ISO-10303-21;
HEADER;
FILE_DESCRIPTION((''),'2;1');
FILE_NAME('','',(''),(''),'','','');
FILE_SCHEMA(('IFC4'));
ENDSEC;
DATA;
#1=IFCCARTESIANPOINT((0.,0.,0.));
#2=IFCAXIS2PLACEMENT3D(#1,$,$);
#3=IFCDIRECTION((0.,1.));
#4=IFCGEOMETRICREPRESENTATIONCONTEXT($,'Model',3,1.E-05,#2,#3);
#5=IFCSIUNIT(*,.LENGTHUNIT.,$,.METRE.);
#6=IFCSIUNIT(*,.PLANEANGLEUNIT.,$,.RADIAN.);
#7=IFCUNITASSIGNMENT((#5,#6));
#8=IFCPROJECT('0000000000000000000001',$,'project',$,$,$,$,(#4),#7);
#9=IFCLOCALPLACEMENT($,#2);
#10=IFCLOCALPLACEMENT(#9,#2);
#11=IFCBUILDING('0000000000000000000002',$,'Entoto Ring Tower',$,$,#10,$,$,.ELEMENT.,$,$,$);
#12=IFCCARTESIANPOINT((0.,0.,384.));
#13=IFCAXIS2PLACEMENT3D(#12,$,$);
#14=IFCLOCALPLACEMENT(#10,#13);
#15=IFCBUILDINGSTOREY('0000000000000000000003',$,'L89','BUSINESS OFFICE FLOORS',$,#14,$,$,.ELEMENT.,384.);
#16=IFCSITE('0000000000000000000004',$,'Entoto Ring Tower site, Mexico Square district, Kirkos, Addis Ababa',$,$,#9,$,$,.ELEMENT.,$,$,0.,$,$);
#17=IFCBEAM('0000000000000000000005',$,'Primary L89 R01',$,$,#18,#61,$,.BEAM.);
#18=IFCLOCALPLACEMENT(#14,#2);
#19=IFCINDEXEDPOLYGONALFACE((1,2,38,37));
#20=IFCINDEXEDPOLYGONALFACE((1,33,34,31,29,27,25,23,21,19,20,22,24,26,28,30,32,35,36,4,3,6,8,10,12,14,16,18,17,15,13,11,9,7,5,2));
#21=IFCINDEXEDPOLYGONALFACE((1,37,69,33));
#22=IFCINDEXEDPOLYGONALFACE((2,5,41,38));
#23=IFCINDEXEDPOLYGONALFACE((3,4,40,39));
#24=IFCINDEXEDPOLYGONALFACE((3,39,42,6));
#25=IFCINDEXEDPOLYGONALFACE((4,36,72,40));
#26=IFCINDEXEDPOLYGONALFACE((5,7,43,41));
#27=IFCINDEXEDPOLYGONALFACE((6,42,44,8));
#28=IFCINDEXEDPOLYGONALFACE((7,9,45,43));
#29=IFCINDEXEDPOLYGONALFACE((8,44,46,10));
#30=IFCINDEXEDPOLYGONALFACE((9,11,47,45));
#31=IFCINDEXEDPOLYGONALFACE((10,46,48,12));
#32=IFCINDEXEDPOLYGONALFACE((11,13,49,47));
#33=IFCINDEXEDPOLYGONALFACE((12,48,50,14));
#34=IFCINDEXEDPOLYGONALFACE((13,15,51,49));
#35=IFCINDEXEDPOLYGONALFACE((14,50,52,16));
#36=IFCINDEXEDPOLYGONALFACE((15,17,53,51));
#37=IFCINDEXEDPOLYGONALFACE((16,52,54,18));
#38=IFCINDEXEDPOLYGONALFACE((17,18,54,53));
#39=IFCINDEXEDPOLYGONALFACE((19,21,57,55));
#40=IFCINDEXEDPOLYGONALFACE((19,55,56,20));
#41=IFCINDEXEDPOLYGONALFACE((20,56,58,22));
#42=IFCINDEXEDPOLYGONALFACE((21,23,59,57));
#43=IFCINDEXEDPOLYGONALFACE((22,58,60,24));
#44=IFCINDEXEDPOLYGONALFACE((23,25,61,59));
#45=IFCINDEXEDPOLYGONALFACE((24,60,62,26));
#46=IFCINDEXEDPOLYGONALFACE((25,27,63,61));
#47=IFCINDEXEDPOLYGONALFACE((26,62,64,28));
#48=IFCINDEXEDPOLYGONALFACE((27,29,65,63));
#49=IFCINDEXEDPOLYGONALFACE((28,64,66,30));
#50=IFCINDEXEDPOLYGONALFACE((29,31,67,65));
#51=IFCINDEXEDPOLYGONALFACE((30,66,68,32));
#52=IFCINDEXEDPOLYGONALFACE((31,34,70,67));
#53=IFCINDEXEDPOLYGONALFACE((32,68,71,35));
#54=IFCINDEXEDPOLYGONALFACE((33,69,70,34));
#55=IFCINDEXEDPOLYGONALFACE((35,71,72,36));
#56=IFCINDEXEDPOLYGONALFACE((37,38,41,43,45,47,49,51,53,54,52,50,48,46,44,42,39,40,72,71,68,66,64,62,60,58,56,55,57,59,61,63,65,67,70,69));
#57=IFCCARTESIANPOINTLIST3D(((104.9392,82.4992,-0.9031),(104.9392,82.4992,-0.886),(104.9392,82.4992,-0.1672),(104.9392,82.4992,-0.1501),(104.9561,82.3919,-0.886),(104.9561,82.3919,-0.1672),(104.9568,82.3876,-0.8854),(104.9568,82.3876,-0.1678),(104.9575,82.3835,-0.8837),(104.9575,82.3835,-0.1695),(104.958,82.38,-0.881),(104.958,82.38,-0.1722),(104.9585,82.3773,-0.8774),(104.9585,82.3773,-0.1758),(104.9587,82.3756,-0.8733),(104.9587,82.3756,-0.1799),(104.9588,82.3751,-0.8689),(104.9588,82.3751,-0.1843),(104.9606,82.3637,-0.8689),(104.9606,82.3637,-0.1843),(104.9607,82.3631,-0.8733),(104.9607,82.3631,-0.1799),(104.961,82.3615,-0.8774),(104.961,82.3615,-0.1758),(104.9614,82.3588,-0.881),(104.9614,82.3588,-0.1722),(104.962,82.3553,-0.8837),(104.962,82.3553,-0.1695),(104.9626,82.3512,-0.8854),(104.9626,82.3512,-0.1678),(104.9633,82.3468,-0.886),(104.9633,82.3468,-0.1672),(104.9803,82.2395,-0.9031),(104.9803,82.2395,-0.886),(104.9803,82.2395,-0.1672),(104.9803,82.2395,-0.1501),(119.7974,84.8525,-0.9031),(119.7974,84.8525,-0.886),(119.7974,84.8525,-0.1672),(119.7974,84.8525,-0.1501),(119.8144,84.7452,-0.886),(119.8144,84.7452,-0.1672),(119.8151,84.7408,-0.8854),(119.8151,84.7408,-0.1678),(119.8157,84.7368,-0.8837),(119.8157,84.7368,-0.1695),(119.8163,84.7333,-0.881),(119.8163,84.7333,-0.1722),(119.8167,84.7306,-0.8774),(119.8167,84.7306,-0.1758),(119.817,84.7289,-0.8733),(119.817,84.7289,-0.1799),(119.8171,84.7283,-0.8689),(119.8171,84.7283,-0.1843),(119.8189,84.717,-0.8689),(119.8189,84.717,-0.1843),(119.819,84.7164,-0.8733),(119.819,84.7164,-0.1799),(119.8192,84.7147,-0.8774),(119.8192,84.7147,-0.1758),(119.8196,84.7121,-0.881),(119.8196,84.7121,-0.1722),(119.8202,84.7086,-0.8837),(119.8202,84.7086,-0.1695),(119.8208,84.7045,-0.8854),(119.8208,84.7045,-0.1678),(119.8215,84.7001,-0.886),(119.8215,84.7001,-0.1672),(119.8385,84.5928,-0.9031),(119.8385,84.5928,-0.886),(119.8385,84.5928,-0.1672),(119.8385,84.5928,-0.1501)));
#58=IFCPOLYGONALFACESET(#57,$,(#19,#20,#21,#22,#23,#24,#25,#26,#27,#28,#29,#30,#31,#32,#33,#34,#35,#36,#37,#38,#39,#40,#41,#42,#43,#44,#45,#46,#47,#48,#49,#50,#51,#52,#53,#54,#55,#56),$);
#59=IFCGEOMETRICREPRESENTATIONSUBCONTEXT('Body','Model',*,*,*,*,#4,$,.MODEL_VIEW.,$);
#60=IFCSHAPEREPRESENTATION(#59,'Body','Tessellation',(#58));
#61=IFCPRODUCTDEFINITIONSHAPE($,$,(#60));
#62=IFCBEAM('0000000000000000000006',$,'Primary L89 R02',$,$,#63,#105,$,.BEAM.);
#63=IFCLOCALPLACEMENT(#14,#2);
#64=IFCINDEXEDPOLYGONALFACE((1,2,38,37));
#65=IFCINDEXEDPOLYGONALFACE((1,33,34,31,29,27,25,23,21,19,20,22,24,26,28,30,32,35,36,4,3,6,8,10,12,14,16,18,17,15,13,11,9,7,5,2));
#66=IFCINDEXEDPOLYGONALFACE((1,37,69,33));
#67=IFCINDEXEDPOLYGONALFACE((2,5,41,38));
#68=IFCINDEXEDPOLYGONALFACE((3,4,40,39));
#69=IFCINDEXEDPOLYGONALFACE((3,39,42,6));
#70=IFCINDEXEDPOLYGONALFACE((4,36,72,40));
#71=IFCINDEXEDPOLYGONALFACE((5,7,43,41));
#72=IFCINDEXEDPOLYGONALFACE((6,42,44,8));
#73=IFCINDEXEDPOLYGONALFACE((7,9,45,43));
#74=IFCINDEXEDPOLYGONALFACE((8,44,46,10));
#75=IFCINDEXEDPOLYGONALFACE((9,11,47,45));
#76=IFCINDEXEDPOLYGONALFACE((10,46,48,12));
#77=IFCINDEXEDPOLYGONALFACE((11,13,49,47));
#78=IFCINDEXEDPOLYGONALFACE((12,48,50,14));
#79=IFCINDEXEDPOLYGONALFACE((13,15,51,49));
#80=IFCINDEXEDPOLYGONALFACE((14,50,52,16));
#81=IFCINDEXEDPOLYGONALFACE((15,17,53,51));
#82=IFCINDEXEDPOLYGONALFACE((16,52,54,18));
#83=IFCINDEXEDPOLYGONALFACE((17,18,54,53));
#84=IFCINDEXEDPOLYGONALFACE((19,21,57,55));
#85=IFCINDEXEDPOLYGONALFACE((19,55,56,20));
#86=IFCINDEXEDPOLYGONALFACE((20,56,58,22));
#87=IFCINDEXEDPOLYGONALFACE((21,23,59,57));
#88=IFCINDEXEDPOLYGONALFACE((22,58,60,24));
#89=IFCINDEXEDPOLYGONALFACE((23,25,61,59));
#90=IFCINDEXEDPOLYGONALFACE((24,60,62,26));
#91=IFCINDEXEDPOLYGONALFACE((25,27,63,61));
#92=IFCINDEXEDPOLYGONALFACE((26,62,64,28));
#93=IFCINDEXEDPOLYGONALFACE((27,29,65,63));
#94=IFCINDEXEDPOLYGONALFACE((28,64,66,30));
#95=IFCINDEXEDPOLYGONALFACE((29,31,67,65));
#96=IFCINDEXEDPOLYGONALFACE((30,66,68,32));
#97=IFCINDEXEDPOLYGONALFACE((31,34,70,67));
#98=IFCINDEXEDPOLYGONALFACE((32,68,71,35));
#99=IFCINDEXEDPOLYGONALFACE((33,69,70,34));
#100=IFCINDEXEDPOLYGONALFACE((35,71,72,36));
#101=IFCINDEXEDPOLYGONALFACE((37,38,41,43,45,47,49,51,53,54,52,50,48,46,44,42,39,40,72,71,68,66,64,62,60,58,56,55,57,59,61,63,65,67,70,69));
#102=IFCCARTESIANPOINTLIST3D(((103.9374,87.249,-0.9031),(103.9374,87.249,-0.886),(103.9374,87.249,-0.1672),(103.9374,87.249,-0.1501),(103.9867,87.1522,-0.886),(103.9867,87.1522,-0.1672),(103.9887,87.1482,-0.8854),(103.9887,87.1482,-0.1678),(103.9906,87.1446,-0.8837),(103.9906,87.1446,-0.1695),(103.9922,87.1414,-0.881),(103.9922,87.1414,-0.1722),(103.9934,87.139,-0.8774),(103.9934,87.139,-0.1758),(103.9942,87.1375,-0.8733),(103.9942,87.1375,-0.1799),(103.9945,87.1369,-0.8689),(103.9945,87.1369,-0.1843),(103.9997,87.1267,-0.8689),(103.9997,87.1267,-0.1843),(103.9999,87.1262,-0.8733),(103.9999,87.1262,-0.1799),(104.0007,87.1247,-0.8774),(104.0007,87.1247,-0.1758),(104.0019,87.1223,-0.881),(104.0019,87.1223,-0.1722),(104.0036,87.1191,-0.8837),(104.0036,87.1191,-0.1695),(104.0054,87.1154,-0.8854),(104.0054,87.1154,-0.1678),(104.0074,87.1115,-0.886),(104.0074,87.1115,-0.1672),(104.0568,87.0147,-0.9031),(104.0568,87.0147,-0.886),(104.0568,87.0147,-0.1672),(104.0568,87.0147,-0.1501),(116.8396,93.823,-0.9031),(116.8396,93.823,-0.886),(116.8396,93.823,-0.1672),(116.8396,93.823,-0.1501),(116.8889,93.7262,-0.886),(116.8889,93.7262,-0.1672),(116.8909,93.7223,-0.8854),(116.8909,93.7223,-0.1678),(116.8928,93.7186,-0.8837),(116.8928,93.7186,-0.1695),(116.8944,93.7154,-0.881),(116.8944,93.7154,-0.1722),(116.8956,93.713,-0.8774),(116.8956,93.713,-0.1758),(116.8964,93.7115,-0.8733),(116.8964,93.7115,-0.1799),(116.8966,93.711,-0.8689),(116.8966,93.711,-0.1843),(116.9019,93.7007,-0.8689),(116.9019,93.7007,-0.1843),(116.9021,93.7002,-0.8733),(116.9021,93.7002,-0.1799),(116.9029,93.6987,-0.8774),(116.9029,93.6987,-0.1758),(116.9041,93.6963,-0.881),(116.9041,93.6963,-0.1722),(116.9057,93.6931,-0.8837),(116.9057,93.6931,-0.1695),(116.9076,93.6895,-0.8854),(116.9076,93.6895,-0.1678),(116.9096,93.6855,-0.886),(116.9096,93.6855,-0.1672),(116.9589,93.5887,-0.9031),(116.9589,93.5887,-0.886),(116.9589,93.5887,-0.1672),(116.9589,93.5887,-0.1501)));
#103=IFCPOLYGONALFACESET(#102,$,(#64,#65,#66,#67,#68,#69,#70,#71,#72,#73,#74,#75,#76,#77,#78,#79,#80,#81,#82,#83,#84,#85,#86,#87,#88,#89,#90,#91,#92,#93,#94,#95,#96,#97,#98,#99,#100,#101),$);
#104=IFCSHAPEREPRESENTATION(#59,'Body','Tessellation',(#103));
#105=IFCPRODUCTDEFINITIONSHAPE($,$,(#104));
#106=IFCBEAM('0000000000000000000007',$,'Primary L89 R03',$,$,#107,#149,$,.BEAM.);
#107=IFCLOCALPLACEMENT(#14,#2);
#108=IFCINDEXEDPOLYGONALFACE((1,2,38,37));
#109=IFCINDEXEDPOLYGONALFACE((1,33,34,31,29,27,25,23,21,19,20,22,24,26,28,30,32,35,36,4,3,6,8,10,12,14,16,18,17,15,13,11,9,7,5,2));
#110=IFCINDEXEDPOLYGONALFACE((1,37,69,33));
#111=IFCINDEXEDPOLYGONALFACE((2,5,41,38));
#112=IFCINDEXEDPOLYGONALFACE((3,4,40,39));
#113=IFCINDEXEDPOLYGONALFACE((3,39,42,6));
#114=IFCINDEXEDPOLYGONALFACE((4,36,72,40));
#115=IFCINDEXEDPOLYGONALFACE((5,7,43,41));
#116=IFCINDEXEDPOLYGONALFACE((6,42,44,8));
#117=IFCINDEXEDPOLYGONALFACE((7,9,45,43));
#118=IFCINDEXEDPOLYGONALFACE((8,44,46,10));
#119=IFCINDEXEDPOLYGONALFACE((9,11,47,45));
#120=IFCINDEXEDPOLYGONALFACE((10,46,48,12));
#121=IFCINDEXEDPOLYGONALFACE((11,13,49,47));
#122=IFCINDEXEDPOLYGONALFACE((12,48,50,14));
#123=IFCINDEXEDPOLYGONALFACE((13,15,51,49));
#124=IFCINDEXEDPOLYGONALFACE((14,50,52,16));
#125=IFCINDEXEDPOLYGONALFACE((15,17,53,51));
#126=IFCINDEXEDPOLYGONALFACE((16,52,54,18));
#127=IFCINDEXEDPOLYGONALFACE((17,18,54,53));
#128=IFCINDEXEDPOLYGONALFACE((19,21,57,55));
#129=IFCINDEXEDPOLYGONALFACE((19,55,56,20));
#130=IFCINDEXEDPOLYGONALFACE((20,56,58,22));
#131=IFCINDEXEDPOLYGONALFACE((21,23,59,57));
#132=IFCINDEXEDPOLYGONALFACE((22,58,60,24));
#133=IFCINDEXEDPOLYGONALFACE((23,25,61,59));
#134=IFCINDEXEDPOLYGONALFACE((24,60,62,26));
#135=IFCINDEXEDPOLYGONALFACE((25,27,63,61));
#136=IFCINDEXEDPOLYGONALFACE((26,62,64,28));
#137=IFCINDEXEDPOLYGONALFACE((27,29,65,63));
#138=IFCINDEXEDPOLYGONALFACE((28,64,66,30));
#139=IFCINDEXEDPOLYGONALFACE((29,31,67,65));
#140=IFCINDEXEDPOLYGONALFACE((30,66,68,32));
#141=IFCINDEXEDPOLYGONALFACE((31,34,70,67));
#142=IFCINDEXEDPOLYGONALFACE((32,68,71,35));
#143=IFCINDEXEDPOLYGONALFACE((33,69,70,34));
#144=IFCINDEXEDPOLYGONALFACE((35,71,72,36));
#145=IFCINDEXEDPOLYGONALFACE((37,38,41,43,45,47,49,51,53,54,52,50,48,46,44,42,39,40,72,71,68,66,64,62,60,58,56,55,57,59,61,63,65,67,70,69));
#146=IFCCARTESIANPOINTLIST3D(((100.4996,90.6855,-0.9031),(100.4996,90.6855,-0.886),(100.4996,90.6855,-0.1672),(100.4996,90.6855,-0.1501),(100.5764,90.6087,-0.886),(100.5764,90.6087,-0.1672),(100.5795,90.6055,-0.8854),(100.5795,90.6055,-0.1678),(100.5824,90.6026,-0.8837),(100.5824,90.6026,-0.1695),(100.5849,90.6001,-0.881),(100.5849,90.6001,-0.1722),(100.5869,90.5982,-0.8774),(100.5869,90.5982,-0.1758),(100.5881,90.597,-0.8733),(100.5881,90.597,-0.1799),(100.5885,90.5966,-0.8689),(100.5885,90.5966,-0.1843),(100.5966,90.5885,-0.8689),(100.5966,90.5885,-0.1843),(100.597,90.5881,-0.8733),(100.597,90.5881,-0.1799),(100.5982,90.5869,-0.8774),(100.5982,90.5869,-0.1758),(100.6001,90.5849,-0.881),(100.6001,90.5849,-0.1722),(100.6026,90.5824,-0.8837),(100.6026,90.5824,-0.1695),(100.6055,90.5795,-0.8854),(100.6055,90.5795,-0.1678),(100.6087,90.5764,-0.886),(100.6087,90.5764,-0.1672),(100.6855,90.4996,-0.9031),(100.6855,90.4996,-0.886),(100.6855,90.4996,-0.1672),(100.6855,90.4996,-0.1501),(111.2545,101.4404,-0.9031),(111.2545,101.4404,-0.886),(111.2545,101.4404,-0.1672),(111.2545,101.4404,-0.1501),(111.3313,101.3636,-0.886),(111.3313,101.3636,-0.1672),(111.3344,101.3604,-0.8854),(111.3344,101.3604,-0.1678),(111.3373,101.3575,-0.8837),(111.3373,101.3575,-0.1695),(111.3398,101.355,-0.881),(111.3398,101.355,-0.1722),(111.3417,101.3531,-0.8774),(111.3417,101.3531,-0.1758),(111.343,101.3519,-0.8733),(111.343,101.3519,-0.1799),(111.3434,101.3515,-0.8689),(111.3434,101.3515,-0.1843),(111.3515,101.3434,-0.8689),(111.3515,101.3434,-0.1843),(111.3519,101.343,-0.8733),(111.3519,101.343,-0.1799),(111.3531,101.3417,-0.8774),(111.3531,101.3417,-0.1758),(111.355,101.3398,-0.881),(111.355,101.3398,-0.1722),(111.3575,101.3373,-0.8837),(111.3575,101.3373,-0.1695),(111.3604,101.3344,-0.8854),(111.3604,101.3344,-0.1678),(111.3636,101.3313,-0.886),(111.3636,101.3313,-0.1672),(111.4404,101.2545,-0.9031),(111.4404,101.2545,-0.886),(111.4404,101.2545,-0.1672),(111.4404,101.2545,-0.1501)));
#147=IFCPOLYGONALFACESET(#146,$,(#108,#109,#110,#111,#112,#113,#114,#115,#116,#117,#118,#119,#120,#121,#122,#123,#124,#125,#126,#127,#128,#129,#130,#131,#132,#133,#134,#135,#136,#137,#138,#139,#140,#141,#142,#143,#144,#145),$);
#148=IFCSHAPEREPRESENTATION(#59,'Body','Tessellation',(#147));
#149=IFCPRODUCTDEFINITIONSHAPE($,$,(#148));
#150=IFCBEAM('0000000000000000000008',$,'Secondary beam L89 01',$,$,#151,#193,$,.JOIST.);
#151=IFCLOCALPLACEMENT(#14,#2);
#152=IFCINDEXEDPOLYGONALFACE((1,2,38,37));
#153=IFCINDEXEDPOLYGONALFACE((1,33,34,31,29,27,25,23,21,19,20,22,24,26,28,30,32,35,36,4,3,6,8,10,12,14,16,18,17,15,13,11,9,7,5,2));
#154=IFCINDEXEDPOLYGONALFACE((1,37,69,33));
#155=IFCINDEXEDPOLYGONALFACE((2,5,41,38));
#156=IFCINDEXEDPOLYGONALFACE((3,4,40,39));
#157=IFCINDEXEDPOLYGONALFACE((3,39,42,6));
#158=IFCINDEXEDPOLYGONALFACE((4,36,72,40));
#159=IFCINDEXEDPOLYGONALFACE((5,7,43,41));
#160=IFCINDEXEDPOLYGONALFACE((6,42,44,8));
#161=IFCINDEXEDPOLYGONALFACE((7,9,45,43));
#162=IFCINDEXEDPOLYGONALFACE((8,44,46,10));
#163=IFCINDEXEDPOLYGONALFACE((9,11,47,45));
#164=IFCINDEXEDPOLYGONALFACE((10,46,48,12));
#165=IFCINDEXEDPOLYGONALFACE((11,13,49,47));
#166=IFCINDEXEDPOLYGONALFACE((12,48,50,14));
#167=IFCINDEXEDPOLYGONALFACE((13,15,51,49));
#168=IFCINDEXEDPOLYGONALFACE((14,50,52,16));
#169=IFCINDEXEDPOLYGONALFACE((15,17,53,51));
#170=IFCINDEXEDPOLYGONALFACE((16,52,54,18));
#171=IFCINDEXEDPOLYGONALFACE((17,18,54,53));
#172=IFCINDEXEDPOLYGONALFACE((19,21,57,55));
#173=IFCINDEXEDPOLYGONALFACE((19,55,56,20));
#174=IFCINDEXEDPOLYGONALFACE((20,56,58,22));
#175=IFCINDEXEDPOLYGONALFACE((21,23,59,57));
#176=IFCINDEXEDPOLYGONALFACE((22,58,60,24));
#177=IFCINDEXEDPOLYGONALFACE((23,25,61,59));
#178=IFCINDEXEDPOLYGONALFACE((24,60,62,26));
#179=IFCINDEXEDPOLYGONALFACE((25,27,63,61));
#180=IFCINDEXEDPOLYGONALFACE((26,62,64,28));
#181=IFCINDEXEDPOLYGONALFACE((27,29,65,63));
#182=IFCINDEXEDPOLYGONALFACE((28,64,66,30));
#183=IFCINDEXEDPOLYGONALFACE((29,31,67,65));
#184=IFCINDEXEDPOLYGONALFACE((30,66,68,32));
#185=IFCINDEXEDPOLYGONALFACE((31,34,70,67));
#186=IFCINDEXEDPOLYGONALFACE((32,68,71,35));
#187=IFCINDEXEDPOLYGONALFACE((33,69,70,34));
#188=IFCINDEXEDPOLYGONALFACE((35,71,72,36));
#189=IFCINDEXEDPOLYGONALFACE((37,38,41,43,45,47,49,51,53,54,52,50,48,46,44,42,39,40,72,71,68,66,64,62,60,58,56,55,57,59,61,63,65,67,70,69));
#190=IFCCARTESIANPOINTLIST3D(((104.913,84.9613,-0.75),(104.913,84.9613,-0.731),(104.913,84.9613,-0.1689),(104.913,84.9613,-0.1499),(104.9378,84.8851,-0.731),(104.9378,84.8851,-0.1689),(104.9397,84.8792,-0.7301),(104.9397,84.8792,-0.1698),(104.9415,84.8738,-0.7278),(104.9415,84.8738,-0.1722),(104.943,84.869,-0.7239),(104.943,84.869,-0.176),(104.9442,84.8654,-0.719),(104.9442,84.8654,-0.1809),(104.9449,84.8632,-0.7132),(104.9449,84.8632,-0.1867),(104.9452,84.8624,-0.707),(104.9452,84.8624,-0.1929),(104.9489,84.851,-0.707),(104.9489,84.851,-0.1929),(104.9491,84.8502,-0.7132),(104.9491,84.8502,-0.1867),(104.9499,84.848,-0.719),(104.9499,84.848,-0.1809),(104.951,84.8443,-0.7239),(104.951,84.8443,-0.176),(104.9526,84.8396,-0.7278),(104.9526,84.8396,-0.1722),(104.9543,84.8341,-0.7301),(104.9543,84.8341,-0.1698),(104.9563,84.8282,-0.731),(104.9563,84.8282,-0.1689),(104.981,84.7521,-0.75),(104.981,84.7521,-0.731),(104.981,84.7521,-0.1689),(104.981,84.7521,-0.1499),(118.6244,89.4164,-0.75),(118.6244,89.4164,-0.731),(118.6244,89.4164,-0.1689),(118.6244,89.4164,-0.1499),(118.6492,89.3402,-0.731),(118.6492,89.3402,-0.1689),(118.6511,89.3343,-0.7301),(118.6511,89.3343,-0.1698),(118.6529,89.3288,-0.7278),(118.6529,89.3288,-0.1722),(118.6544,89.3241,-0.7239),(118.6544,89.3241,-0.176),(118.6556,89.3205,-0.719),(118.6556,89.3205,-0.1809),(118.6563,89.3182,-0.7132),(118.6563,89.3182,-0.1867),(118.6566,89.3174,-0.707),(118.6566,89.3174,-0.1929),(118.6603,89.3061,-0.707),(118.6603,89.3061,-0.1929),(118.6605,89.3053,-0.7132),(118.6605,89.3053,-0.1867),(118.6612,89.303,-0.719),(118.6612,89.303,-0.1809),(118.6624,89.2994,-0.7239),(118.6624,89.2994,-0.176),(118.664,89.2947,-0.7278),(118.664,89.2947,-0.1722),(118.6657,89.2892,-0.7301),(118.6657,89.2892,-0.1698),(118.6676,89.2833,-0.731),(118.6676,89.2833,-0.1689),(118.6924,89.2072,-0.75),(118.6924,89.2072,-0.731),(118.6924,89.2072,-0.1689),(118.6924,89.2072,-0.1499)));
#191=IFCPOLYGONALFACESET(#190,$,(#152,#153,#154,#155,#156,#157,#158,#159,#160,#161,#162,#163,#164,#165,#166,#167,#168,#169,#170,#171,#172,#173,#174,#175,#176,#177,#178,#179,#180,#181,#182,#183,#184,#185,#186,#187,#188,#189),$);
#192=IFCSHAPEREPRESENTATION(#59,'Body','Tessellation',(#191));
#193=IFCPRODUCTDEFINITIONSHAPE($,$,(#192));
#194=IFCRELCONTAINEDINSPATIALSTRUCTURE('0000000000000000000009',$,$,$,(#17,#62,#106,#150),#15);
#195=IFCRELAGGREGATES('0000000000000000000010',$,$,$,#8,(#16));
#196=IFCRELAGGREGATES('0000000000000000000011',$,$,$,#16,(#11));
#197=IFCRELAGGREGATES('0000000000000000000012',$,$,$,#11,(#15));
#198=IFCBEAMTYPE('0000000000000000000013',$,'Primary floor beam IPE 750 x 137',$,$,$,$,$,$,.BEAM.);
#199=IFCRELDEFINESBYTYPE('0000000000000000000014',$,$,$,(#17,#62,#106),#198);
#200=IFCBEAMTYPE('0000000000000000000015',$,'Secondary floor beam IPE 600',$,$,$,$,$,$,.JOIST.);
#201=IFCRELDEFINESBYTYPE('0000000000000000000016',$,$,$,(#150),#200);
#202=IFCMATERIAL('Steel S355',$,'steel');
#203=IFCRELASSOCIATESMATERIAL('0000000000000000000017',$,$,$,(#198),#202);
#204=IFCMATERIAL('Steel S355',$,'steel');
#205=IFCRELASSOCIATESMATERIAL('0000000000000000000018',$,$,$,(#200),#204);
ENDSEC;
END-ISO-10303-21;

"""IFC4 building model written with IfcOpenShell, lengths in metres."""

from ifc_helpers import new_model, si_unit, direction, frame, origin, origin_2d, place, context, subcontext, project, spatial, i_section, extrude, material, material_profile, profile_set, type_object, element, save


model = new_model("IFC4")

# Units and contexts
model_context = context("Model", 3, precision=1e-05, world=origin(), true_north=direction((0.0, 1.0)))
body_context = subcontext(model_context, "Body", "Model", "MODEL_VIEW")
ifc_project = project(units=[si_unit("LENGTHUNIT", "METRE"), si_unit("PLANEANGLEUNIT", "RADIAN")], contexts=[model_context])

# Site, building, storey
site_placement = place(None, origin())
site = spatial("IfcSite", under=ifc_project, at=site_placement, Name="Entoto Ring Tower site, Mexico Square district, Kirkos, Addis Ababa", CompositionType="ELEMENT", RefElevation=0.0)
building_placement = place(site_placement, origin())
building = spatial("IfcBuilding", under=site, at=building_placement, Name="Entoto Ring Tower", CompositionType="ELEMENT")
storey_placement = place(building_placement, frame((0.0, 0.0, 384.0)))
storey = spatial("IfcBuildingStorey", under=building, at=storey_placement, Name="L89", Description="BUSINESS OFFICE FLOORS", CompositionType="ELEMENT", Elevation=384.0)

# Beams
ifc_material_1 = material(Name="Steel S355", Category="steel")
ifc_material_profile_1 = material_profile(ifc_material_1, i_section(OverallWidth=0.2629, OverallDepth=0.7529, WebThickness=0.0115, FlangeThickness=0.0171, FilletRadius=0.0171, at=origin_2d()), Name="IPE 750 x 137")
ifc_profile_set_1 = profile_set([ifc_material_profile_1], Name="Steel S355")
beam_type_1 = type_object("IfcBeamType", Name="Primary floor beam IPE 750 x 137", PredefinedType="BEAM", material=ifc_profile_set_1)
beam_1_placement = place(storey_placement, frame((104.9597, 82.3694, -0.5266), z_axis=(0.987689, 0.156433, 0.0), x_axis=(-0.156433, 0.987689, 0.0)))
element("IfcBeam", 1, at=beam_1_placement, inside=storey, type_object=beam_type_1, Name="Primary L89 R01", PredefinedType="BEAM", context=body_context, shape_type="SweptSolid", body=[
    extrude(i_section(OverallWidth=0.2629, OverallDepth=0.7529, WebThickness=0.0115, FlangeThickness=0.0171, FilletRadius=0.0171, at=origin_2d()), origin(), (0.0, 0.0, 1.0), 15.0435),
])
beam_2_placement = place(storey_placement, frame((103.9971, 87.1318, -0.5266), z_axis=(0.891006, 0.453992, 0.0), x_axis=(-0.453992, 0.891006, 0.0)))
element("IfcBeam", 2, at=beam_2_placement, inside=storey, type_object=beam_type_1, Name="Primary L89 R02", PredefinedType="BEAM", context=body_context, shape_type="SweptSolid", body=[
    extrude(i_section(OverallWidth=0.2629, OverallDepth=0.7529, WebThickness=0.0115, FlangeThickness=0.0171, FilletRadius=0.0171, at=origin_2d()), origin(), (0.0, 0.0, 1.0), 14.4805),
])
beam_3_placement = place(storey_placement, frame((100.5925, 90.5925, -0.5266), z_axis=(0.707107, 0.707107, 0.0), x_axis=(-0.707107, 0.707107, 0.0)))
element("IfcBeam", 3, at=beam_3_placement, inside=storey, type_object=beam_type_1, Name="Primary L89 R03", PredefinedType="BEAM", context=body_context, shape_type="SweptSolid", body=[
    extrude(i_section(OverallWidth=0.2629, OverallDepth=0.7529, WebThickness=0.0115, FlangeThickness=0.0171, FilletRadius=0.0171, at=origin_2d()), origin(), (0.0, 0.0, 1.0), 15.2097),
])
ifc_material_2 = material(Name="Steel S355", Category="steel")
ifc_material_profile_2 = material_profile(ifc_material_2, i_section(OverallWidth=0.22, OverallDepth=0.6001, WebThickness=0.012, FlangeThickness=0.019, FilletRadius=0.0239, at=origin_2d()), Name="IPE 600")
ifc_profile_set_2 = profile_set([ifc_material_profile_2], Name="Steel S355")
beam_type_2 = type_object("IfcBeamType", Name="Secondary floor beam IPE 600", PredefinedType="JOIST", material=ifc_profile_set_2)
beam_4_placement = place(storey_placement, frame((104.947, 84.8567, -0.45), z_axis=(0.951057, 0.309015, 0.0), x_axis=(-0.309015, 0.951057, 0.0)))
element("IfcBeam", 4, at=beam_4_placement, inside=storey, type_object=beam_type_2, Name="Secondary beam L89 01", PredefinedType="JOIST", context=body_context, shape_type="SweptSolid", body=[
    extrude(i_section(OverallWidth=0.22, OverallDepth=0.6001, WebThickness=0.012, FlangeThickness=0.019, FilletRadius=0.0239, at=origin_2d()), origin(), (0.0, 0.0, 1.0), 14.417),
])

save(model, "model.ifc")
